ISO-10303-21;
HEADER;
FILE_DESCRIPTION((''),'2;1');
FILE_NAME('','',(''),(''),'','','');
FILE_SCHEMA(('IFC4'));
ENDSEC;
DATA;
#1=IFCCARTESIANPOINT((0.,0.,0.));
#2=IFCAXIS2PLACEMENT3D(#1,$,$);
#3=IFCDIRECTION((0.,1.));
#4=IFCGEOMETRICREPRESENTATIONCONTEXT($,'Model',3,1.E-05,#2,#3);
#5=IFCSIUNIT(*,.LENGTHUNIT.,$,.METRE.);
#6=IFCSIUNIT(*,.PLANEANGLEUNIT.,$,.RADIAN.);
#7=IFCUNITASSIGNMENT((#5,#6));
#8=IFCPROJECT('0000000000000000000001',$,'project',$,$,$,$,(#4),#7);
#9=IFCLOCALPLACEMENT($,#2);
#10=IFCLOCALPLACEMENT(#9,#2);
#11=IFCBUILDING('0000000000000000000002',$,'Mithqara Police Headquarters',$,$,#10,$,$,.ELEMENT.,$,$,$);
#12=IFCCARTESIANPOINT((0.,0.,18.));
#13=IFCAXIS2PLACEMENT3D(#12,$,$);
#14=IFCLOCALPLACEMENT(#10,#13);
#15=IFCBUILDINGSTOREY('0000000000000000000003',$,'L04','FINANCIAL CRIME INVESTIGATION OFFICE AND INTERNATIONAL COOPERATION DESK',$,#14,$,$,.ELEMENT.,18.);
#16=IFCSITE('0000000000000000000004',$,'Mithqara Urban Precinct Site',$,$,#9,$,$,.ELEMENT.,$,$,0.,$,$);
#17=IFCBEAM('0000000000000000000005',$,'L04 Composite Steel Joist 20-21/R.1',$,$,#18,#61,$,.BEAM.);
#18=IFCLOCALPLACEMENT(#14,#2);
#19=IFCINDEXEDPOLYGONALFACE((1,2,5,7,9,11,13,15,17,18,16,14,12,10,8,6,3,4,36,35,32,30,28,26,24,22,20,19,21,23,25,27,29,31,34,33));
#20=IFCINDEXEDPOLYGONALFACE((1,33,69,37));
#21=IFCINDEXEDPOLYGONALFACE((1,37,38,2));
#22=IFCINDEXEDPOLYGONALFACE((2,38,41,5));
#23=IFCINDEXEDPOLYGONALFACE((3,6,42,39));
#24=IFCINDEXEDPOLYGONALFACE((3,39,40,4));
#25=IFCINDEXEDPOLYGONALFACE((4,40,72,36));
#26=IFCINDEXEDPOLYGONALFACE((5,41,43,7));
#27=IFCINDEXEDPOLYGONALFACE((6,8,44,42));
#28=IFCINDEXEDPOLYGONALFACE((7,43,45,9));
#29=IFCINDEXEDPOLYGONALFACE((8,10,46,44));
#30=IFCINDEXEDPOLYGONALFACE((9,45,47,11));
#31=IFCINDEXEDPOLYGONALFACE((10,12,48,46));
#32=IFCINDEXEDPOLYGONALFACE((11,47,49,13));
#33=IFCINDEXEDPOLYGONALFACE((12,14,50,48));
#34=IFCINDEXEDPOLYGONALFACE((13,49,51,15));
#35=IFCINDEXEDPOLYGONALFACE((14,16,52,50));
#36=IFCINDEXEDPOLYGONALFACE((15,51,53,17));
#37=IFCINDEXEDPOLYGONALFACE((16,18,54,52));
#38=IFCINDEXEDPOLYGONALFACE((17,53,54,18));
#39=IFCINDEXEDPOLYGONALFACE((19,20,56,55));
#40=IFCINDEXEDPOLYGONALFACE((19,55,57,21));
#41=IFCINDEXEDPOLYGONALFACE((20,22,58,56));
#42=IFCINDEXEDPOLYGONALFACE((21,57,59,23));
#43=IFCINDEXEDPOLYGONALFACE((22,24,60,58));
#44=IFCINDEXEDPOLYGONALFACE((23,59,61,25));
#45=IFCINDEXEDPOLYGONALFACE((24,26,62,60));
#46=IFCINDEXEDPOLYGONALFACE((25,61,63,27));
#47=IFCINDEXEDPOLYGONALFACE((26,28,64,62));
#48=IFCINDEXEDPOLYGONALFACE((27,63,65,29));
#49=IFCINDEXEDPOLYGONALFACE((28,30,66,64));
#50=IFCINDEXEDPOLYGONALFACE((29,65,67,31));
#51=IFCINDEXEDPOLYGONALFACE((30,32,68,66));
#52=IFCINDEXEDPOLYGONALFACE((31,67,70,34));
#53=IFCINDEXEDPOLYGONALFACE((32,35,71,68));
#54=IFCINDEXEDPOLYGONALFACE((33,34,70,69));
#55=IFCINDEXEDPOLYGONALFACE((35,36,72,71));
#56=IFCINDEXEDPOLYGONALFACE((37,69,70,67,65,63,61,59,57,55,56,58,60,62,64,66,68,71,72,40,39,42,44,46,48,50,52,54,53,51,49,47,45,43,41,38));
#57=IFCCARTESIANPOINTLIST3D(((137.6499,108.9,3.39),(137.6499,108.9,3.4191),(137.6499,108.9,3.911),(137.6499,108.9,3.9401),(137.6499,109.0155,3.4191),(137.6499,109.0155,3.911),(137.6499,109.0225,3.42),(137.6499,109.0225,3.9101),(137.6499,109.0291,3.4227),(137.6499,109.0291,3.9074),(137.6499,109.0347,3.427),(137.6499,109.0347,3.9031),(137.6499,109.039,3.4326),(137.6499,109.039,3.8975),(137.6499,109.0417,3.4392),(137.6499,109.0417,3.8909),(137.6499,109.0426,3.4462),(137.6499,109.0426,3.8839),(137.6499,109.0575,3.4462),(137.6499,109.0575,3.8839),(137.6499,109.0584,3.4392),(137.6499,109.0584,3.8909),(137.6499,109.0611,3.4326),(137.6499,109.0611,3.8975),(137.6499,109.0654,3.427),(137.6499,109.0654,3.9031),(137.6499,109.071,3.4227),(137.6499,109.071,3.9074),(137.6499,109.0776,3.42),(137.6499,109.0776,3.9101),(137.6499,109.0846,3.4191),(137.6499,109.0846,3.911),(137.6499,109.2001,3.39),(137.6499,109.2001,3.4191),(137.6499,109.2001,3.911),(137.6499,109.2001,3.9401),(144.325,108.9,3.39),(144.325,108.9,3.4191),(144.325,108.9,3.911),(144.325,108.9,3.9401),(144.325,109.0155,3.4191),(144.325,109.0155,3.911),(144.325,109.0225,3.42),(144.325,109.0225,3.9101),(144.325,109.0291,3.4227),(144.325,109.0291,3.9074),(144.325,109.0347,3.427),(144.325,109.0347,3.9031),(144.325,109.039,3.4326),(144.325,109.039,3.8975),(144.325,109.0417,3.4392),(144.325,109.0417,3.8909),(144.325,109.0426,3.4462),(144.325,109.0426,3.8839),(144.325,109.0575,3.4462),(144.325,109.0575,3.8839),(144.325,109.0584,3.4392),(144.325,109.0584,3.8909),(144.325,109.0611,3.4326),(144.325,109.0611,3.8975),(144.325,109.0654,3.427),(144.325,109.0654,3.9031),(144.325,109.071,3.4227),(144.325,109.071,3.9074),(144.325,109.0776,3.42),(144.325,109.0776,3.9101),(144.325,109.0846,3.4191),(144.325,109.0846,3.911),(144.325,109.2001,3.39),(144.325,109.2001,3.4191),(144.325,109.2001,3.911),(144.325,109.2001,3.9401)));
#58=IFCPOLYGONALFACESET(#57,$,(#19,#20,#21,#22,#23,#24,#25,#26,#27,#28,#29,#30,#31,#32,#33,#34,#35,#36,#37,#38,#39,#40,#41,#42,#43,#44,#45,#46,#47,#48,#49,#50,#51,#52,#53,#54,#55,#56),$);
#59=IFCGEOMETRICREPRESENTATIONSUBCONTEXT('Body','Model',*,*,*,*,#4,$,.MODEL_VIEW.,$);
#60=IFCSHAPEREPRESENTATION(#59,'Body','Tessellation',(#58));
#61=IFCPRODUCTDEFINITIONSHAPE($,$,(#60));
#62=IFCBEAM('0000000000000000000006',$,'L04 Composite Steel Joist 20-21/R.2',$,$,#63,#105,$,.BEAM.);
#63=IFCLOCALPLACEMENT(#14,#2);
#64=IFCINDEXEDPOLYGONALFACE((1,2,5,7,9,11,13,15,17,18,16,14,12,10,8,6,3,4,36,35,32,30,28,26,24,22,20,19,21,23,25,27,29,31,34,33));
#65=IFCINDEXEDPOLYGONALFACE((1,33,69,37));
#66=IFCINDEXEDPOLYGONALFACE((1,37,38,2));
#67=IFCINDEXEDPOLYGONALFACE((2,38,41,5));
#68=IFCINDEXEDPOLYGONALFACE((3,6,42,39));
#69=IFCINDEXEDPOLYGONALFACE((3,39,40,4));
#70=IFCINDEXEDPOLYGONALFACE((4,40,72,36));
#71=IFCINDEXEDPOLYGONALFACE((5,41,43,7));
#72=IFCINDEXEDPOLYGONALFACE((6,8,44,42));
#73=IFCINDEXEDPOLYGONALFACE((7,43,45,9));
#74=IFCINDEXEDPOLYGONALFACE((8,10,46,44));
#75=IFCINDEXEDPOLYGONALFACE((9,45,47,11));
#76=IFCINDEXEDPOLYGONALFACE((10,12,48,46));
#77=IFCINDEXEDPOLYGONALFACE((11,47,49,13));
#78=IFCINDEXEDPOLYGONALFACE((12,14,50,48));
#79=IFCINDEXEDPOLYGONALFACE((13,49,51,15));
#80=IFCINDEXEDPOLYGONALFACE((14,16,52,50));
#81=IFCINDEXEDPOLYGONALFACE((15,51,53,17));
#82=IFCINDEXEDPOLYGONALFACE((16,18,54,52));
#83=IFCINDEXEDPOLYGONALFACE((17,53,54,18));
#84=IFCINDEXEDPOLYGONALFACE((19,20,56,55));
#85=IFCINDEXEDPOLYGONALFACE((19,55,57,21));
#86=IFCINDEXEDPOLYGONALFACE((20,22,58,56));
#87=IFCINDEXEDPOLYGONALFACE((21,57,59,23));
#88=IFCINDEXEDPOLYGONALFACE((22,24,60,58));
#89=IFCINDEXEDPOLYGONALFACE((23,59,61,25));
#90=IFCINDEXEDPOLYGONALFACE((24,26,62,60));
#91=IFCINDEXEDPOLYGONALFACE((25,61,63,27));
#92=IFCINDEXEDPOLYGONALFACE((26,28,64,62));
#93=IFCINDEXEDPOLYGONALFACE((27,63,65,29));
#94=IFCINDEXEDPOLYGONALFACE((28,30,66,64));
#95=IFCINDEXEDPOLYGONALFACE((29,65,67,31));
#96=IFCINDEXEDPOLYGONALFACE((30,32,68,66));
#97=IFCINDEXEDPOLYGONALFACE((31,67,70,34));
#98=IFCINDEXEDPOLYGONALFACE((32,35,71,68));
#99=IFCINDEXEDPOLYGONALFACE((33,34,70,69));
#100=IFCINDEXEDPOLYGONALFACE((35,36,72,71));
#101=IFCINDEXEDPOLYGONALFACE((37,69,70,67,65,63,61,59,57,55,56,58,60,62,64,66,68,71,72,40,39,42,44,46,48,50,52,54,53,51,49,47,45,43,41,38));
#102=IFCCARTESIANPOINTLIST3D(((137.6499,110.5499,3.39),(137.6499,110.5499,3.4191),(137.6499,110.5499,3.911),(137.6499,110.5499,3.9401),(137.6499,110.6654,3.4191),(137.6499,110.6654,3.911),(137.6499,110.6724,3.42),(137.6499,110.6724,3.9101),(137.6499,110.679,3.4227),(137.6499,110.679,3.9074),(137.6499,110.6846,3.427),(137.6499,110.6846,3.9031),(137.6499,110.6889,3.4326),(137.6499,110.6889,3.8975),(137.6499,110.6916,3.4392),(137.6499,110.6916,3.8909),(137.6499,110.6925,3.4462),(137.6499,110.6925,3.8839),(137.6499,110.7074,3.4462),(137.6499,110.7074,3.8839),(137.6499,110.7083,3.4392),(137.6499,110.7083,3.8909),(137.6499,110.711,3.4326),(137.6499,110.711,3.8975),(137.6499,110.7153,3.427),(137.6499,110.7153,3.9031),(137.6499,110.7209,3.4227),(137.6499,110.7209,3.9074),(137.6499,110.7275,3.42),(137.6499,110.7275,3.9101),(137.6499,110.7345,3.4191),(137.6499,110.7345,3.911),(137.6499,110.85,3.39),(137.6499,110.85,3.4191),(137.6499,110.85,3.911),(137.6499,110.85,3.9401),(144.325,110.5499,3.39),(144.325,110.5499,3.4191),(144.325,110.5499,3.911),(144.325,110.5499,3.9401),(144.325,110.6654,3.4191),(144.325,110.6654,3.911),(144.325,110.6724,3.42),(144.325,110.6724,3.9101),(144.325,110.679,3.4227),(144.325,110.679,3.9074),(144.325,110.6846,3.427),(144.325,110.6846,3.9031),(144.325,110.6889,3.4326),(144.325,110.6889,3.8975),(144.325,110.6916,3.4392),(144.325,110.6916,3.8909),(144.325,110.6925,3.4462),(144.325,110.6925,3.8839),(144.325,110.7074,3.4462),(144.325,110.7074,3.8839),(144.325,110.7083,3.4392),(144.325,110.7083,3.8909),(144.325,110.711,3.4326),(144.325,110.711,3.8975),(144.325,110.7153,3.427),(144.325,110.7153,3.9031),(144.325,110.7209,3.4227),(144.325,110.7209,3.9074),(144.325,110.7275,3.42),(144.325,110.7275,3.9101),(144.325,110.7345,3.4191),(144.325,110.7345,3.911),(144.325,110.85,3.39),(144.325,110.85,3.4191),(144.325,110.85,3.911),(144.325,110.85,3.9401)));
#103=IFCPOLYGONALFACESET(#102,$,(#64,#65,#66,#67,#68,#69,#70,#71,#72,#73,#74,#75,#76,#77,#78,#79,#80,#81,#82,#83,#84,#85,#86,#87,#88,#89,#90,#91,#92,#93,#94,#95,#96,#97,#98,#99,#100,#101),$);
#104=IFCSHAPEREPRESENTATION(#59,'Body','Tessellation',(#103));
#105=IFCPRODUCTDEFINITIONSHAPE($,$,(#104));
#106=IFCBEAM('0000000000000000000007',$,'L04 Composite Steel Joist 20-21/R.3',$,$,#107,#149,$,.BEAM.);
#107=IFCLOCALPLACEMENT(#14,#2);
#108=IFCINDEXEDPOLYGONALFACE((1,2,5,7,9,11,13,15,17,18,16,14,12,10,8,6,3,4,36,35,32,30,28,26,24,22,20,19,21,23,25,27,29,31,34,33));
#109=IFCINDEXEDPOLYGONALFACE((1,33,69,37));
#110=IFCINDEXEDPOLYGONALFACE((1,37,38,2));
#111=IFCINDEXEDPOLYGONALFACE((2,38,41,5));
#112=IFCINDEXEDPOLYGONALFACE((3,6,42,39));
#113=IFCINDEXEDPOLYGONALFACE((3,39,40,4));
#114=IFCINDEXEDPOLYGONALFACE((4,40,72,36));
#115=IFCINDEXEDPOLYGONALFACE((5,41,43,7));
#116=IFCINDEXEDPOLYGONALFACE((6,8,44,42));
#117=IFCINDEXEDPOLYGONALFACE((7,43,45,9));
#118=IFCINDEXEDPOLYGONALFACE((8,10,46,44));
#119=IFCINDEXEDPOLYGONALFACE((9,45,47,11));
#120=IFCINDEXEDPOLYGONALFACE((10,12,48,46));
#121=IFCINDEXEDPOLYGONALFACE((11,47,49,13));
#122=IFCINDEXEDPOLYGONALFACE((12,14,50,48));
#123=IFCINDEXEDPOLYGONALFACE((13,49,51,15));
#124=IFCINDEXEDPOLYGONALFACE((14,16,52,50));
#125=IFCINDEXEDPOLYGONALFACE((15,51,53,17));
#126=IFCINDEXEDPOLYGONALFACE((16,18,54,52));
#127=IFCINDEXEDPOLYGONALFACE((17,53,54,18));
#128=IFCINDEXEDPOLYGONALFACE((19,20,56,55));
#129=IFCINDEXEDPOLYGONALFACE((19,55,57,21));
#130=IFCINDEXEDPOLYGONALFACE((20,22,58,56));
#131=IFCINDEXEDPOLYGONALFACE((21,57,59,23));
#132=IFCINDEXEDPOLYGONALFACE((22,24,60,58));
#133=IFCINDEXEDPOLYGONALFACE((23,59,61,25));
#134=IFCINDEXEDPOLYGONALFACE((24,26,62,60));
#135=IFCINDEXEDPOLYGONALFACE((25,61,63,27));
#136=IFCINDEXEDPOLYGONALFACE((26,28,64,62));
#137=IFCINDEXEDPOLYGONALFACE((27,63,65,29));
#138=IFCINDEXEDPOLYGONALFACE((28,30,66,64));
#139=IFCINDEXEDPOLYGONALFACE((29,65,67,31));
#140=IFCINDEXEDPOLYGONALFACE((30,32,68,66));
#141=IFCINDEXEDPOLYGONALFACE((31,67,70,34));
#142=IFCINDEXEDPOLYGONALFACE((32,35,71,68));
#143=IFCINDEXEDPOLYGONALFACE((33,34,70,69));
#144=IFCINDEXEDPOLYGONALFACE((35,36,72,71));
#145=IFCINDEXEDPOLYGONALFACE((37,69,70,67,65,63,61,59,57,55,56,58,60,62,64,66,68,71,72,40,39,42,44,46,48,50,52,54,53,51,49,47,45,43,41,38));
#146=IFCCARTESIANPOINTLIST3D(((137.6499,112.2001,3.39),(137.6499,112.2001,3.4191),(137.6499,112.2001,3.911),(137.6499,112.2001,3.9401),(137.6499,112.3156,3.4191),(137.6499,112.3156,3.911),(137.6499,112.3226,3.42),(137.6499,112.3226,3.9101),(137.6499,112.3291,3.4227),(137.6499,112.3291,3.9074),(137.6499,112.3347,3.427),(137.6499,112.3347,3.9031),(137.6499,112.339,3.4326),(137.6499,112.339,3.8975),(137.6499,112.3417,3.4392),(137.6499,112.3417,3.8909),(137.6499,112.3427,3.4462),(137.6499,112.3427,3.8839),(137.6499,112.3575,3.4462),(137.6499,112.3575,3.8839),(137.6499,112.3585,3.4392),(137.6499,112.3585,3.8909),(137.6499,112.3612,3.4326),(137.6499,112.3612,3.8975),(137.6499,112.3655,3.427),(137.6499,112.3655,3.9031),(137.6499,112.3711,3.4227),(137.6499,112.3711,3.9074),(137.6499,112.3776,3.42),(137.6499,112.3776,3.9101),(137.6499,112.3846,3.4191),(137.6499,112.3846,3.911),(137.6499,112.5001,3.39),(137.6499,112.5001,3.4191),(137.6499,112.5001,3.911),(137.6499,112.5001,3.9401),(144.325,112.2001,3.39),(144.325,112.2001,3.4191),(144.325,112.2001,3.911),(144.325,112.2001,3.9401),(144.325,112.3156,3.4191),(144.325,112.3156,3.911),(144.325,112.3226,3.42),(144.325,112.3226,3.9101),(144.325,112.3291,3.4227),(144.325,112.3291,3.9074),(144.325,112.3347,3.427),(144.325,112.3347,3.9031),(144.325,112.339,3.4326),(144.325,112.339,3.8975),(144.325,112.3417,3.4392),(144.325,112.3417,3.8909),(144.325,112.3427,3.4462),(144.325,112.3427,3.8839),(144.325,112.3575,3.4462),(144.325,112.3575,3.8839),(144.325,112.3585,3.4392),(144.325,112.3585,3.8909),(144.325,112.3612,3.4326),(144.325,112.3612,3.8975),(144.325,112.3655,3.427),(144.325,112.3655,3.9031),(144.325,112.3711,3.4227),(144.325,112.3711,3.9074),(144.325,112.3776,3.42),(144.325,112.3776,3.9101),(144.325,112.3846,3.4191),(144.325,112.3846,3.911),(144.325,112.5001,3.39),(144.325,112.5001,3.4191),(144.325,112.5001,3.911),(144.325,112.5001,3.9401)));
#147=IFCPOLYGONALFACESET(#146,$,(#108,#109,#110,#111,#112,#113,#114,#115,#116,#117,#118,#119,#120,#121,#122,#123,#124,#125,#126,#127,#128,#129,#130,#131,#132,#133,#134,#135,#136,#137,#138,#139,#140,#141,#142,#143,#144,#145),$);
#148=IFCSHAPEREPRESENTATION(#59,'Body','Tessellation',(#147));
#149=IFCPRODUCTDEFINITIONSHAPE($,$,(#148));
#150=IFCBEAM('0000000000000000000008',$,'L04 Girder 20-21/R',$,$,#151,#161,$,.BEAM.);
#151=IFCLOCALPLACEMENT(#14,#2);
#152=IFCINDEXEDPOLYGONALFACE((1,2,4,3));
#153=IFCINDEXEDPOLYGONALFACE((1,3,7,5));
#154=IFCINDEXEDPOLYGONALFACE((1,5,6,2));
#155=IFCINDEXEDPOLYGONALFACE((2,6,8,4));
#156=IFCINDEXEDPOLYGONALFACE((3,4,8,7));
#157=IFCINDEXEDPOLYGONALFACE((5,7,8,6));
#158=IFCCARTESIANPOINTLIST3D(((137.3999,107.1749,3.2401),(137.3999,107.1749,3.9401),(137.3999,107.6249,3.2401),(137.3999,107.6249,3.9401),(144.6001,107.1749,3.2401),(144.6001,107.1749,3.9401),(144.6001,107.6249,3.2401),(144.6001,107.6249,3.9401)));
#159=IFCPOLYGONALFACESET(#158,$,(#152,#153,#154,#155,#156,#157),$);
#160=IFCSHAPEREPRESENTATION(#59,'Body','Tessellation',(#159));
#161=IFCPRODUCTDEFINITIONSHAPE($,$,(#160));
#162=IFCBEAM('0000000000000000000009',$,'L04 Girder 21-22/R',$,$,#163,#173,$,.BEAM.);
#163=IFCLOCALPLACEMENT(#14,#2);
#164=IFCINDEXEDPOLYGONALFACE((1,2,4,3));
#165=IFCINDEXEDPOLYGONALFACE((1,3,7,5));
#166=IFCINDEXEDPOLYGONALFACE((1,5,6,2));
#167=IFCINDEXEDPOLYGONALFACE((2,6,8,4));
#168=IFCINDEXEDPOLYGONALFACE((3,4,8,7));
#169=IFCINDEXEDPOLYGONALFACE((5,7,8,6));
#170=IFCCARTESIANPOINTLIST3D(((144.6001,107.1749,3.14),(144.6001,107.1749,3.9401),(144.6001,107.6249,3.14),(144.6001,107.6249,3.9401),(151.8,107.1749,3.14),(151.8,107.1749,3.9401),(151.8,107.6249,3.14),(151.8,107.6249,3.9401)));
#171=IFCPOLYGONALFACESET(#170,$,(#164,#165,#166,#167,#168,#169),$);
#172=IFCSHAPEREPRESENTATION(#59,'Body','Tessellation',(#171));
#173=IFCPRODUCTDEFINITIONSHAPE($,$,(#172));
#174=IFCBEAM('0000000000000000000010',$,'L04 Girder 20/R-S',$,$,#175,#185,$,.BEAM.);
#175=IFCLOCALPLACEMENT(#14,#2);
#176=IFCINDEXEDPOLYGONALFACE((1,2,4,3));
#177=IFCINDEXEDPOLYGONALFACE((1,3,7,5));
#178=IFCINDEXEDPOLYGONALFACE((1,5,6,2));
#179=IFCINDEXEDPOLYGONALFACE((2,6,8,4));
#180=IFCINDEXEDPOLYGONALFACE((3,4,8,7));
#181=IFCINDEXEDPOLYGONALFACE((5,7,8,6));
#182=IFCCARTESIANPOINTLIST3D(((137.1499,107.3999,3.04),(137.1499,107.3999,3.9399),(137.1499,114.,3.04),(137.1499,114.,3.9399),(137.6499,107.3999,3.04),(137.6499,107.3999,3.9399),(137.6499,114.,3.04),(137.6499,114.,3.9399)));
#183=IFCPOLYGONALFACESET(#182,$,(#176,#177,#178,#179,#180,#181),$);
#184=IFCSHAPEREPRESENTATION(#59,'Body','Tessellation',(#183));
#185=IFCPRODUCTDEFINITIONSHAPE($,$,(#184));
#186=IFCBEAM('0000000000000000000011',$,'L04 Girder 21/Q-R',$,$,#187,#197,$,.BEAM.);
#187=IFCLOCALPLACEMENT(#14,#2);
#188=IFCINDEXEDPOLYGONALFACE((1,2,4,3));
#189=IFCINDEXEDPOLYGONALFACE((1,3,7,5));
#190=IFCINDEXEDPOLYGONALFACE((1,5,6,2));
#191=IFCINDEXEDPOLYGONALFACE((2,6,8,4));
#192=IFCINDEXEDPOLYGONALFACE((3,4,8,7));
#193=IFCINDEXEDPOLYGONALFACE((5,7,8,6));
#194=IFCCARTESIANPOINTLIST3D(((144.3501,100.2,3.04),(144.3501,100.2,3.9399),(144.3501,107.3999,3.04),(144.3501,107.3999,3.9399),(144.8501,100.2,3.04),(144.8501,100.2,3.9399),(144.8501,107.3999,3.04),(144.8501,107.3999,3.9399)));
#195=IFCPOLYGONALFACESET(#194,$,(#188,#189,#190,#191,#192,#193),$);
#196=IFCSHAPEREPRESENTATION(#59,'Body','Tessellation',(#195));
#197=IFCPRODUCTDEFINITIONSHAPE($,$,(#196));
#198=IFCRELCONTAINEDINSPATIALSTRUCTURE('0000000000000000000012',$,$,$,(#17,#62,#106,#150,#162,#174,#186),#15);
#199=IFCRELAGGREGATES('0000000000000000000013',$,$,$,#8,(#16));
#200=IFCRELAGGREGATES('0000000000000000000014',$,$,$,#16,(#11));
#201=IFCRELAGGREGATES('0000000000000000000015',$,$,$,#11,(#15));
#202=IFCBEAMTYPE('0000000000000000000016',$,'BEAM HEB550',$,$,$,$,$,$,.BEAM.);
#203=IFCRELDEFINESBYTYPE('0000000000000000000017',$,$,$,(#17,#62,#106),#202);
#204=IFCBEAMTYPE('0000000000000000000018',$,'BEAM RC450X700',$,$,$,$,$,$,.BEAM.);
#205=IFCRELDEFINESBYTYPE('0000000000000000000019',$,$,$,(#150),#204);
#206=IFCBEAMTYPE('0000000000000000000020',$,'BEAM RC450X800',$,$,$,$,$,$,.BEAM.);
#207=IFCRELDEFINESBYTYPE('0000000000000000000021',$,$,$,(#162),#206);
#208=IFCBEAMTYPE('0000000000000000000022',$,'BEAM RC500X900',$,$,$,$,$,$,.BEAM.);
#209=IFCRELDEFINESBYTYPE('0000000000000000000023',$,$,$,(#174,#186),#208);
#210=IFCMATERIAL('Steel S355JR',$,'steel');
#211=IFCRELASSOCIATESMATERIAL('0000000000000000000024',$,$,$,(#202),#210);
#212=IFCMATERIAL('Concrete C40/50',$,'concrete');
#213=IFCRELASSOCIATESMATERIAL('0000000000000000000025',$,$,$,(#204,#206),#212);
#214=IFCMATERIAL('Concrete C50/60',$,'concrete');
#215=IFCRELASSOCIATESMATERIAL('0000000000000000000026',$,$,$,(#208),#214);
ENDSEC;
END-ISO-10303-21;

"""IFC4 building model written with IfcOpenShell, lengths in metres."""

from ifc_helpers import new_model, si_unit, direction, frame, origin, origin_2d, place, context, subcontext, project, spatial, rectangle, i_section, extrude, material, material_profile, profile_set, type_object, element, save


model = new_model("IFC4")

# Units and contexts
model_context = context("Model", 3, precision=1e-05, world=origin(), true_north=direction((0.0, 1.0)))
body_context = subcontext(model_context, "Body", "Model", "MODEL_VIEW")
ifc_project = project(units=[si_unit("LENGTHUNIT", "METRE"), si_unit("PLANEANGLEUNIT", "RADIAN")], contexts=[model_context])

# Site, building, storey
site_placement = place(None, origin())
site = spatial("IfcSite", under=ifc_project, at=site_placement, Name="Mithqara Urban Precinct Site", CompositionType="ELEMENT", RefElevation=0.0)
building_placement = place(site_placement, origin())
building = spatial("IfcBuilding", under=site, at=building_placement, Name="Mithqara Police Headquarters", CompositionType="ELEMENT")
storey_placement = place(building_placement, frame((0.0, 0.0, 18.0)))
storey = spatial("IfcBuildingStorey", under=building, at=storey_placement, Name="L04", Description="FINANCIAL CRIME INVESTIGATION OFFICE AND INTERNATIONAL COOPERATION DESK", CompositionType="ELEMENT", Elevation=18.0)

# Shared definitions
ifc_material_1 = material(Name="Concrete C50/60", Category="concrete")

# Beams
ifc_material_2 = material(Name="Steel S355JR", Category="steel")
ifc_material_profile_1 = material_profile(ifc_material_2, i_section(OverallWidth=0.3, OverallDepth=0.55, WebThickness=0.0149, FlangeThickness=0.0291, FilletRadius=0.0271, at=origin_2d()), Name="HEB 550")
ifc_profile_set_1 = profile_set([ifc_material_profile_1], Name="Steel S355JR")
beam_type_1 = type_object("IfcBeamType", Name="BEAM HEB550", PredefinedType="BEAM", material=ifc_profile_set_1)
for number, where, z_axis, x_axis, name in (
    (1, (137.6499, 109.05, 3.665), (1.0, 0.0, 0.0), (0.0, 1.0, 0.0), "L04 Composite Steel Joist 20-21/R.1"),
    (2, (137.6499, 110.7, 3.665), (1.0, 0.0, 0.0), (0.0, 1.0, 0.0), "L04 Composite Steel Joist 20-21/R.2"),
    (3, (137.6499, 112.3501, 3.665), (1.0, 0.0, 0.0), (0.0, 1.0, 0.0), "L04 Composite Steel Joist 20-21/R.3"),
):
    element("IfcBeam", number, at=place(storey_placement, frame(where, z_axis=z_axis, x_axis=x_axis)), inside=storey, type_object=beam_type_1, Name=name, PredefinedType="BEAM", context=body_context, shape_type="SweptSolid", body=[
        extrude(i_section(OverallWidth=0.3, OverallDepth=0.55, WebThickness=0.0149, FlangeThickness=0.0291, FilletRadius=0.0271, at=origin_2d()), origin(), (0.0, 0.0, 1.0), 6.675),
    ])
ifc_material_3 = material(Name="Concrete C40/50", Category="concrete")
ifc_material_profile_2 = material_profile(ifc_material_3, rectangle(XDim=0.45, YDim=0.7, at=origin_2d()), Name="RC 450x700")
ifc_profile_set_2 = profile_set([ifc_material_profile_2], Name="Concrete C40/50")
beam_type_2 = type_object("IfcBeamType", Name="BEAM RC450X700", PredefinedType="BEAM", material=ifc_profile_set_2)
beam_1_placement = place(storey_placement, frame((137.3999, 107.3999, 3.5901), z_axis=(1.0, 0.0, 0.0), x_axis=(0.0, 1.0, 0.0)))
element("IfcBeam", 4, at=beam_1_placement, inside=storey, type_object=beam_type_2, Name="L04 Girder 20-21/R", PredefinedType="BEAM", context=body_context, shape_type="SweptSolid", body=[
    extrude(rectangle(XDim=0.45, YDim=0.7, at=origin_2d()), origin(), (0.0, 0.0, 1.0), 7.2002),
])
ifc_material_profile_3 = material_profile(ifc_material_3, rectangle(XDim=0.45, YDim=0.8, at=origin_2d()), Name="RC 450x800")
ifc_profile_set_3 = profile_set([ifc_material_profile_3], Name="Concrete C40/50")
beam_type_3 = type_object("IfcBeamType", Name="BEAM RC450X800", PredefinedType="BEAM", material=ifc_profile_set_3)
beam_2_placement = place(storey_placement, frame((144.6001, 107.3999, 3.54), z_axis=(1.0, 0.0, 0.0), x_axis=(0.0, 1.0, 0.0)))
element("IfcBeam", 5, at=beam_2_placement, inside=storey, type_object=beam_type_3, Name="L04 Girder 21-22/R", PredefinedType="BEAM", context=body_context, shape_type="SweptSolid", body=[
    extrude(rectangle(XDim=0.45, YDim=0.8, at=origin_2d()), origin(), (0.0, 0.0, 1.0), 7.2),
])
ifc_material_profile_4 = material_profile(ifc_material_1, rectangle(XDim=0.5, YDim=0.8999, at=origin_2d()), Name="RC 500x900")
ifc_profile_set_4 = profile_set([ifc_material_profile_4], Name="Concrete C50/60")
beam_type_4 = type_object("IfcBeamType", Name="BEAM RC500X900", PredefinedType="BEAM", material=ifc_profile_set_4)
beam_3_placement = place(storey_placement, frame((137.3999, 107.3999, 3.49), z_axis=(0.0, 1.0, 0.0), x_axis=(-1.0, 0.0, 0.0)))
element("IfcBeam", 6, at=beam_3_placement, inside=storey, type_object=beam_type_4, Name="L04 Girder 20/R-S", PredefinedType="BEAM", context=body_context, shape_type="SweptSolid", body=[
    extrude(rectangle(XDim=0.5, YDim=0.8999, at=origin_2d()), origin(), (0.0, 0.0, 1.0), 6.6001),
])
beam_4_placement = place(storey_placement, frame((144.6001, 100.2, 3.49), z_axis=(0.0, 1.0, 0.0), x_axis=(-1.0, 0.0, 0.0)))
element("IfcBeam", 7, at=beam_4_placement, inside=storey, type_object=beam_type_4, Name="L04 Girder 21/Q-R", PredefinedType="BEAM", context=body_context, shape_type="SweptSolid", body=[
    extrude(rectangle(XDim=0.5, YDim=0.8999, at=origin_2d()), origin(), (0.0, 0.0, 1.0), 7.2),
])

save(model, "model.ifc")
